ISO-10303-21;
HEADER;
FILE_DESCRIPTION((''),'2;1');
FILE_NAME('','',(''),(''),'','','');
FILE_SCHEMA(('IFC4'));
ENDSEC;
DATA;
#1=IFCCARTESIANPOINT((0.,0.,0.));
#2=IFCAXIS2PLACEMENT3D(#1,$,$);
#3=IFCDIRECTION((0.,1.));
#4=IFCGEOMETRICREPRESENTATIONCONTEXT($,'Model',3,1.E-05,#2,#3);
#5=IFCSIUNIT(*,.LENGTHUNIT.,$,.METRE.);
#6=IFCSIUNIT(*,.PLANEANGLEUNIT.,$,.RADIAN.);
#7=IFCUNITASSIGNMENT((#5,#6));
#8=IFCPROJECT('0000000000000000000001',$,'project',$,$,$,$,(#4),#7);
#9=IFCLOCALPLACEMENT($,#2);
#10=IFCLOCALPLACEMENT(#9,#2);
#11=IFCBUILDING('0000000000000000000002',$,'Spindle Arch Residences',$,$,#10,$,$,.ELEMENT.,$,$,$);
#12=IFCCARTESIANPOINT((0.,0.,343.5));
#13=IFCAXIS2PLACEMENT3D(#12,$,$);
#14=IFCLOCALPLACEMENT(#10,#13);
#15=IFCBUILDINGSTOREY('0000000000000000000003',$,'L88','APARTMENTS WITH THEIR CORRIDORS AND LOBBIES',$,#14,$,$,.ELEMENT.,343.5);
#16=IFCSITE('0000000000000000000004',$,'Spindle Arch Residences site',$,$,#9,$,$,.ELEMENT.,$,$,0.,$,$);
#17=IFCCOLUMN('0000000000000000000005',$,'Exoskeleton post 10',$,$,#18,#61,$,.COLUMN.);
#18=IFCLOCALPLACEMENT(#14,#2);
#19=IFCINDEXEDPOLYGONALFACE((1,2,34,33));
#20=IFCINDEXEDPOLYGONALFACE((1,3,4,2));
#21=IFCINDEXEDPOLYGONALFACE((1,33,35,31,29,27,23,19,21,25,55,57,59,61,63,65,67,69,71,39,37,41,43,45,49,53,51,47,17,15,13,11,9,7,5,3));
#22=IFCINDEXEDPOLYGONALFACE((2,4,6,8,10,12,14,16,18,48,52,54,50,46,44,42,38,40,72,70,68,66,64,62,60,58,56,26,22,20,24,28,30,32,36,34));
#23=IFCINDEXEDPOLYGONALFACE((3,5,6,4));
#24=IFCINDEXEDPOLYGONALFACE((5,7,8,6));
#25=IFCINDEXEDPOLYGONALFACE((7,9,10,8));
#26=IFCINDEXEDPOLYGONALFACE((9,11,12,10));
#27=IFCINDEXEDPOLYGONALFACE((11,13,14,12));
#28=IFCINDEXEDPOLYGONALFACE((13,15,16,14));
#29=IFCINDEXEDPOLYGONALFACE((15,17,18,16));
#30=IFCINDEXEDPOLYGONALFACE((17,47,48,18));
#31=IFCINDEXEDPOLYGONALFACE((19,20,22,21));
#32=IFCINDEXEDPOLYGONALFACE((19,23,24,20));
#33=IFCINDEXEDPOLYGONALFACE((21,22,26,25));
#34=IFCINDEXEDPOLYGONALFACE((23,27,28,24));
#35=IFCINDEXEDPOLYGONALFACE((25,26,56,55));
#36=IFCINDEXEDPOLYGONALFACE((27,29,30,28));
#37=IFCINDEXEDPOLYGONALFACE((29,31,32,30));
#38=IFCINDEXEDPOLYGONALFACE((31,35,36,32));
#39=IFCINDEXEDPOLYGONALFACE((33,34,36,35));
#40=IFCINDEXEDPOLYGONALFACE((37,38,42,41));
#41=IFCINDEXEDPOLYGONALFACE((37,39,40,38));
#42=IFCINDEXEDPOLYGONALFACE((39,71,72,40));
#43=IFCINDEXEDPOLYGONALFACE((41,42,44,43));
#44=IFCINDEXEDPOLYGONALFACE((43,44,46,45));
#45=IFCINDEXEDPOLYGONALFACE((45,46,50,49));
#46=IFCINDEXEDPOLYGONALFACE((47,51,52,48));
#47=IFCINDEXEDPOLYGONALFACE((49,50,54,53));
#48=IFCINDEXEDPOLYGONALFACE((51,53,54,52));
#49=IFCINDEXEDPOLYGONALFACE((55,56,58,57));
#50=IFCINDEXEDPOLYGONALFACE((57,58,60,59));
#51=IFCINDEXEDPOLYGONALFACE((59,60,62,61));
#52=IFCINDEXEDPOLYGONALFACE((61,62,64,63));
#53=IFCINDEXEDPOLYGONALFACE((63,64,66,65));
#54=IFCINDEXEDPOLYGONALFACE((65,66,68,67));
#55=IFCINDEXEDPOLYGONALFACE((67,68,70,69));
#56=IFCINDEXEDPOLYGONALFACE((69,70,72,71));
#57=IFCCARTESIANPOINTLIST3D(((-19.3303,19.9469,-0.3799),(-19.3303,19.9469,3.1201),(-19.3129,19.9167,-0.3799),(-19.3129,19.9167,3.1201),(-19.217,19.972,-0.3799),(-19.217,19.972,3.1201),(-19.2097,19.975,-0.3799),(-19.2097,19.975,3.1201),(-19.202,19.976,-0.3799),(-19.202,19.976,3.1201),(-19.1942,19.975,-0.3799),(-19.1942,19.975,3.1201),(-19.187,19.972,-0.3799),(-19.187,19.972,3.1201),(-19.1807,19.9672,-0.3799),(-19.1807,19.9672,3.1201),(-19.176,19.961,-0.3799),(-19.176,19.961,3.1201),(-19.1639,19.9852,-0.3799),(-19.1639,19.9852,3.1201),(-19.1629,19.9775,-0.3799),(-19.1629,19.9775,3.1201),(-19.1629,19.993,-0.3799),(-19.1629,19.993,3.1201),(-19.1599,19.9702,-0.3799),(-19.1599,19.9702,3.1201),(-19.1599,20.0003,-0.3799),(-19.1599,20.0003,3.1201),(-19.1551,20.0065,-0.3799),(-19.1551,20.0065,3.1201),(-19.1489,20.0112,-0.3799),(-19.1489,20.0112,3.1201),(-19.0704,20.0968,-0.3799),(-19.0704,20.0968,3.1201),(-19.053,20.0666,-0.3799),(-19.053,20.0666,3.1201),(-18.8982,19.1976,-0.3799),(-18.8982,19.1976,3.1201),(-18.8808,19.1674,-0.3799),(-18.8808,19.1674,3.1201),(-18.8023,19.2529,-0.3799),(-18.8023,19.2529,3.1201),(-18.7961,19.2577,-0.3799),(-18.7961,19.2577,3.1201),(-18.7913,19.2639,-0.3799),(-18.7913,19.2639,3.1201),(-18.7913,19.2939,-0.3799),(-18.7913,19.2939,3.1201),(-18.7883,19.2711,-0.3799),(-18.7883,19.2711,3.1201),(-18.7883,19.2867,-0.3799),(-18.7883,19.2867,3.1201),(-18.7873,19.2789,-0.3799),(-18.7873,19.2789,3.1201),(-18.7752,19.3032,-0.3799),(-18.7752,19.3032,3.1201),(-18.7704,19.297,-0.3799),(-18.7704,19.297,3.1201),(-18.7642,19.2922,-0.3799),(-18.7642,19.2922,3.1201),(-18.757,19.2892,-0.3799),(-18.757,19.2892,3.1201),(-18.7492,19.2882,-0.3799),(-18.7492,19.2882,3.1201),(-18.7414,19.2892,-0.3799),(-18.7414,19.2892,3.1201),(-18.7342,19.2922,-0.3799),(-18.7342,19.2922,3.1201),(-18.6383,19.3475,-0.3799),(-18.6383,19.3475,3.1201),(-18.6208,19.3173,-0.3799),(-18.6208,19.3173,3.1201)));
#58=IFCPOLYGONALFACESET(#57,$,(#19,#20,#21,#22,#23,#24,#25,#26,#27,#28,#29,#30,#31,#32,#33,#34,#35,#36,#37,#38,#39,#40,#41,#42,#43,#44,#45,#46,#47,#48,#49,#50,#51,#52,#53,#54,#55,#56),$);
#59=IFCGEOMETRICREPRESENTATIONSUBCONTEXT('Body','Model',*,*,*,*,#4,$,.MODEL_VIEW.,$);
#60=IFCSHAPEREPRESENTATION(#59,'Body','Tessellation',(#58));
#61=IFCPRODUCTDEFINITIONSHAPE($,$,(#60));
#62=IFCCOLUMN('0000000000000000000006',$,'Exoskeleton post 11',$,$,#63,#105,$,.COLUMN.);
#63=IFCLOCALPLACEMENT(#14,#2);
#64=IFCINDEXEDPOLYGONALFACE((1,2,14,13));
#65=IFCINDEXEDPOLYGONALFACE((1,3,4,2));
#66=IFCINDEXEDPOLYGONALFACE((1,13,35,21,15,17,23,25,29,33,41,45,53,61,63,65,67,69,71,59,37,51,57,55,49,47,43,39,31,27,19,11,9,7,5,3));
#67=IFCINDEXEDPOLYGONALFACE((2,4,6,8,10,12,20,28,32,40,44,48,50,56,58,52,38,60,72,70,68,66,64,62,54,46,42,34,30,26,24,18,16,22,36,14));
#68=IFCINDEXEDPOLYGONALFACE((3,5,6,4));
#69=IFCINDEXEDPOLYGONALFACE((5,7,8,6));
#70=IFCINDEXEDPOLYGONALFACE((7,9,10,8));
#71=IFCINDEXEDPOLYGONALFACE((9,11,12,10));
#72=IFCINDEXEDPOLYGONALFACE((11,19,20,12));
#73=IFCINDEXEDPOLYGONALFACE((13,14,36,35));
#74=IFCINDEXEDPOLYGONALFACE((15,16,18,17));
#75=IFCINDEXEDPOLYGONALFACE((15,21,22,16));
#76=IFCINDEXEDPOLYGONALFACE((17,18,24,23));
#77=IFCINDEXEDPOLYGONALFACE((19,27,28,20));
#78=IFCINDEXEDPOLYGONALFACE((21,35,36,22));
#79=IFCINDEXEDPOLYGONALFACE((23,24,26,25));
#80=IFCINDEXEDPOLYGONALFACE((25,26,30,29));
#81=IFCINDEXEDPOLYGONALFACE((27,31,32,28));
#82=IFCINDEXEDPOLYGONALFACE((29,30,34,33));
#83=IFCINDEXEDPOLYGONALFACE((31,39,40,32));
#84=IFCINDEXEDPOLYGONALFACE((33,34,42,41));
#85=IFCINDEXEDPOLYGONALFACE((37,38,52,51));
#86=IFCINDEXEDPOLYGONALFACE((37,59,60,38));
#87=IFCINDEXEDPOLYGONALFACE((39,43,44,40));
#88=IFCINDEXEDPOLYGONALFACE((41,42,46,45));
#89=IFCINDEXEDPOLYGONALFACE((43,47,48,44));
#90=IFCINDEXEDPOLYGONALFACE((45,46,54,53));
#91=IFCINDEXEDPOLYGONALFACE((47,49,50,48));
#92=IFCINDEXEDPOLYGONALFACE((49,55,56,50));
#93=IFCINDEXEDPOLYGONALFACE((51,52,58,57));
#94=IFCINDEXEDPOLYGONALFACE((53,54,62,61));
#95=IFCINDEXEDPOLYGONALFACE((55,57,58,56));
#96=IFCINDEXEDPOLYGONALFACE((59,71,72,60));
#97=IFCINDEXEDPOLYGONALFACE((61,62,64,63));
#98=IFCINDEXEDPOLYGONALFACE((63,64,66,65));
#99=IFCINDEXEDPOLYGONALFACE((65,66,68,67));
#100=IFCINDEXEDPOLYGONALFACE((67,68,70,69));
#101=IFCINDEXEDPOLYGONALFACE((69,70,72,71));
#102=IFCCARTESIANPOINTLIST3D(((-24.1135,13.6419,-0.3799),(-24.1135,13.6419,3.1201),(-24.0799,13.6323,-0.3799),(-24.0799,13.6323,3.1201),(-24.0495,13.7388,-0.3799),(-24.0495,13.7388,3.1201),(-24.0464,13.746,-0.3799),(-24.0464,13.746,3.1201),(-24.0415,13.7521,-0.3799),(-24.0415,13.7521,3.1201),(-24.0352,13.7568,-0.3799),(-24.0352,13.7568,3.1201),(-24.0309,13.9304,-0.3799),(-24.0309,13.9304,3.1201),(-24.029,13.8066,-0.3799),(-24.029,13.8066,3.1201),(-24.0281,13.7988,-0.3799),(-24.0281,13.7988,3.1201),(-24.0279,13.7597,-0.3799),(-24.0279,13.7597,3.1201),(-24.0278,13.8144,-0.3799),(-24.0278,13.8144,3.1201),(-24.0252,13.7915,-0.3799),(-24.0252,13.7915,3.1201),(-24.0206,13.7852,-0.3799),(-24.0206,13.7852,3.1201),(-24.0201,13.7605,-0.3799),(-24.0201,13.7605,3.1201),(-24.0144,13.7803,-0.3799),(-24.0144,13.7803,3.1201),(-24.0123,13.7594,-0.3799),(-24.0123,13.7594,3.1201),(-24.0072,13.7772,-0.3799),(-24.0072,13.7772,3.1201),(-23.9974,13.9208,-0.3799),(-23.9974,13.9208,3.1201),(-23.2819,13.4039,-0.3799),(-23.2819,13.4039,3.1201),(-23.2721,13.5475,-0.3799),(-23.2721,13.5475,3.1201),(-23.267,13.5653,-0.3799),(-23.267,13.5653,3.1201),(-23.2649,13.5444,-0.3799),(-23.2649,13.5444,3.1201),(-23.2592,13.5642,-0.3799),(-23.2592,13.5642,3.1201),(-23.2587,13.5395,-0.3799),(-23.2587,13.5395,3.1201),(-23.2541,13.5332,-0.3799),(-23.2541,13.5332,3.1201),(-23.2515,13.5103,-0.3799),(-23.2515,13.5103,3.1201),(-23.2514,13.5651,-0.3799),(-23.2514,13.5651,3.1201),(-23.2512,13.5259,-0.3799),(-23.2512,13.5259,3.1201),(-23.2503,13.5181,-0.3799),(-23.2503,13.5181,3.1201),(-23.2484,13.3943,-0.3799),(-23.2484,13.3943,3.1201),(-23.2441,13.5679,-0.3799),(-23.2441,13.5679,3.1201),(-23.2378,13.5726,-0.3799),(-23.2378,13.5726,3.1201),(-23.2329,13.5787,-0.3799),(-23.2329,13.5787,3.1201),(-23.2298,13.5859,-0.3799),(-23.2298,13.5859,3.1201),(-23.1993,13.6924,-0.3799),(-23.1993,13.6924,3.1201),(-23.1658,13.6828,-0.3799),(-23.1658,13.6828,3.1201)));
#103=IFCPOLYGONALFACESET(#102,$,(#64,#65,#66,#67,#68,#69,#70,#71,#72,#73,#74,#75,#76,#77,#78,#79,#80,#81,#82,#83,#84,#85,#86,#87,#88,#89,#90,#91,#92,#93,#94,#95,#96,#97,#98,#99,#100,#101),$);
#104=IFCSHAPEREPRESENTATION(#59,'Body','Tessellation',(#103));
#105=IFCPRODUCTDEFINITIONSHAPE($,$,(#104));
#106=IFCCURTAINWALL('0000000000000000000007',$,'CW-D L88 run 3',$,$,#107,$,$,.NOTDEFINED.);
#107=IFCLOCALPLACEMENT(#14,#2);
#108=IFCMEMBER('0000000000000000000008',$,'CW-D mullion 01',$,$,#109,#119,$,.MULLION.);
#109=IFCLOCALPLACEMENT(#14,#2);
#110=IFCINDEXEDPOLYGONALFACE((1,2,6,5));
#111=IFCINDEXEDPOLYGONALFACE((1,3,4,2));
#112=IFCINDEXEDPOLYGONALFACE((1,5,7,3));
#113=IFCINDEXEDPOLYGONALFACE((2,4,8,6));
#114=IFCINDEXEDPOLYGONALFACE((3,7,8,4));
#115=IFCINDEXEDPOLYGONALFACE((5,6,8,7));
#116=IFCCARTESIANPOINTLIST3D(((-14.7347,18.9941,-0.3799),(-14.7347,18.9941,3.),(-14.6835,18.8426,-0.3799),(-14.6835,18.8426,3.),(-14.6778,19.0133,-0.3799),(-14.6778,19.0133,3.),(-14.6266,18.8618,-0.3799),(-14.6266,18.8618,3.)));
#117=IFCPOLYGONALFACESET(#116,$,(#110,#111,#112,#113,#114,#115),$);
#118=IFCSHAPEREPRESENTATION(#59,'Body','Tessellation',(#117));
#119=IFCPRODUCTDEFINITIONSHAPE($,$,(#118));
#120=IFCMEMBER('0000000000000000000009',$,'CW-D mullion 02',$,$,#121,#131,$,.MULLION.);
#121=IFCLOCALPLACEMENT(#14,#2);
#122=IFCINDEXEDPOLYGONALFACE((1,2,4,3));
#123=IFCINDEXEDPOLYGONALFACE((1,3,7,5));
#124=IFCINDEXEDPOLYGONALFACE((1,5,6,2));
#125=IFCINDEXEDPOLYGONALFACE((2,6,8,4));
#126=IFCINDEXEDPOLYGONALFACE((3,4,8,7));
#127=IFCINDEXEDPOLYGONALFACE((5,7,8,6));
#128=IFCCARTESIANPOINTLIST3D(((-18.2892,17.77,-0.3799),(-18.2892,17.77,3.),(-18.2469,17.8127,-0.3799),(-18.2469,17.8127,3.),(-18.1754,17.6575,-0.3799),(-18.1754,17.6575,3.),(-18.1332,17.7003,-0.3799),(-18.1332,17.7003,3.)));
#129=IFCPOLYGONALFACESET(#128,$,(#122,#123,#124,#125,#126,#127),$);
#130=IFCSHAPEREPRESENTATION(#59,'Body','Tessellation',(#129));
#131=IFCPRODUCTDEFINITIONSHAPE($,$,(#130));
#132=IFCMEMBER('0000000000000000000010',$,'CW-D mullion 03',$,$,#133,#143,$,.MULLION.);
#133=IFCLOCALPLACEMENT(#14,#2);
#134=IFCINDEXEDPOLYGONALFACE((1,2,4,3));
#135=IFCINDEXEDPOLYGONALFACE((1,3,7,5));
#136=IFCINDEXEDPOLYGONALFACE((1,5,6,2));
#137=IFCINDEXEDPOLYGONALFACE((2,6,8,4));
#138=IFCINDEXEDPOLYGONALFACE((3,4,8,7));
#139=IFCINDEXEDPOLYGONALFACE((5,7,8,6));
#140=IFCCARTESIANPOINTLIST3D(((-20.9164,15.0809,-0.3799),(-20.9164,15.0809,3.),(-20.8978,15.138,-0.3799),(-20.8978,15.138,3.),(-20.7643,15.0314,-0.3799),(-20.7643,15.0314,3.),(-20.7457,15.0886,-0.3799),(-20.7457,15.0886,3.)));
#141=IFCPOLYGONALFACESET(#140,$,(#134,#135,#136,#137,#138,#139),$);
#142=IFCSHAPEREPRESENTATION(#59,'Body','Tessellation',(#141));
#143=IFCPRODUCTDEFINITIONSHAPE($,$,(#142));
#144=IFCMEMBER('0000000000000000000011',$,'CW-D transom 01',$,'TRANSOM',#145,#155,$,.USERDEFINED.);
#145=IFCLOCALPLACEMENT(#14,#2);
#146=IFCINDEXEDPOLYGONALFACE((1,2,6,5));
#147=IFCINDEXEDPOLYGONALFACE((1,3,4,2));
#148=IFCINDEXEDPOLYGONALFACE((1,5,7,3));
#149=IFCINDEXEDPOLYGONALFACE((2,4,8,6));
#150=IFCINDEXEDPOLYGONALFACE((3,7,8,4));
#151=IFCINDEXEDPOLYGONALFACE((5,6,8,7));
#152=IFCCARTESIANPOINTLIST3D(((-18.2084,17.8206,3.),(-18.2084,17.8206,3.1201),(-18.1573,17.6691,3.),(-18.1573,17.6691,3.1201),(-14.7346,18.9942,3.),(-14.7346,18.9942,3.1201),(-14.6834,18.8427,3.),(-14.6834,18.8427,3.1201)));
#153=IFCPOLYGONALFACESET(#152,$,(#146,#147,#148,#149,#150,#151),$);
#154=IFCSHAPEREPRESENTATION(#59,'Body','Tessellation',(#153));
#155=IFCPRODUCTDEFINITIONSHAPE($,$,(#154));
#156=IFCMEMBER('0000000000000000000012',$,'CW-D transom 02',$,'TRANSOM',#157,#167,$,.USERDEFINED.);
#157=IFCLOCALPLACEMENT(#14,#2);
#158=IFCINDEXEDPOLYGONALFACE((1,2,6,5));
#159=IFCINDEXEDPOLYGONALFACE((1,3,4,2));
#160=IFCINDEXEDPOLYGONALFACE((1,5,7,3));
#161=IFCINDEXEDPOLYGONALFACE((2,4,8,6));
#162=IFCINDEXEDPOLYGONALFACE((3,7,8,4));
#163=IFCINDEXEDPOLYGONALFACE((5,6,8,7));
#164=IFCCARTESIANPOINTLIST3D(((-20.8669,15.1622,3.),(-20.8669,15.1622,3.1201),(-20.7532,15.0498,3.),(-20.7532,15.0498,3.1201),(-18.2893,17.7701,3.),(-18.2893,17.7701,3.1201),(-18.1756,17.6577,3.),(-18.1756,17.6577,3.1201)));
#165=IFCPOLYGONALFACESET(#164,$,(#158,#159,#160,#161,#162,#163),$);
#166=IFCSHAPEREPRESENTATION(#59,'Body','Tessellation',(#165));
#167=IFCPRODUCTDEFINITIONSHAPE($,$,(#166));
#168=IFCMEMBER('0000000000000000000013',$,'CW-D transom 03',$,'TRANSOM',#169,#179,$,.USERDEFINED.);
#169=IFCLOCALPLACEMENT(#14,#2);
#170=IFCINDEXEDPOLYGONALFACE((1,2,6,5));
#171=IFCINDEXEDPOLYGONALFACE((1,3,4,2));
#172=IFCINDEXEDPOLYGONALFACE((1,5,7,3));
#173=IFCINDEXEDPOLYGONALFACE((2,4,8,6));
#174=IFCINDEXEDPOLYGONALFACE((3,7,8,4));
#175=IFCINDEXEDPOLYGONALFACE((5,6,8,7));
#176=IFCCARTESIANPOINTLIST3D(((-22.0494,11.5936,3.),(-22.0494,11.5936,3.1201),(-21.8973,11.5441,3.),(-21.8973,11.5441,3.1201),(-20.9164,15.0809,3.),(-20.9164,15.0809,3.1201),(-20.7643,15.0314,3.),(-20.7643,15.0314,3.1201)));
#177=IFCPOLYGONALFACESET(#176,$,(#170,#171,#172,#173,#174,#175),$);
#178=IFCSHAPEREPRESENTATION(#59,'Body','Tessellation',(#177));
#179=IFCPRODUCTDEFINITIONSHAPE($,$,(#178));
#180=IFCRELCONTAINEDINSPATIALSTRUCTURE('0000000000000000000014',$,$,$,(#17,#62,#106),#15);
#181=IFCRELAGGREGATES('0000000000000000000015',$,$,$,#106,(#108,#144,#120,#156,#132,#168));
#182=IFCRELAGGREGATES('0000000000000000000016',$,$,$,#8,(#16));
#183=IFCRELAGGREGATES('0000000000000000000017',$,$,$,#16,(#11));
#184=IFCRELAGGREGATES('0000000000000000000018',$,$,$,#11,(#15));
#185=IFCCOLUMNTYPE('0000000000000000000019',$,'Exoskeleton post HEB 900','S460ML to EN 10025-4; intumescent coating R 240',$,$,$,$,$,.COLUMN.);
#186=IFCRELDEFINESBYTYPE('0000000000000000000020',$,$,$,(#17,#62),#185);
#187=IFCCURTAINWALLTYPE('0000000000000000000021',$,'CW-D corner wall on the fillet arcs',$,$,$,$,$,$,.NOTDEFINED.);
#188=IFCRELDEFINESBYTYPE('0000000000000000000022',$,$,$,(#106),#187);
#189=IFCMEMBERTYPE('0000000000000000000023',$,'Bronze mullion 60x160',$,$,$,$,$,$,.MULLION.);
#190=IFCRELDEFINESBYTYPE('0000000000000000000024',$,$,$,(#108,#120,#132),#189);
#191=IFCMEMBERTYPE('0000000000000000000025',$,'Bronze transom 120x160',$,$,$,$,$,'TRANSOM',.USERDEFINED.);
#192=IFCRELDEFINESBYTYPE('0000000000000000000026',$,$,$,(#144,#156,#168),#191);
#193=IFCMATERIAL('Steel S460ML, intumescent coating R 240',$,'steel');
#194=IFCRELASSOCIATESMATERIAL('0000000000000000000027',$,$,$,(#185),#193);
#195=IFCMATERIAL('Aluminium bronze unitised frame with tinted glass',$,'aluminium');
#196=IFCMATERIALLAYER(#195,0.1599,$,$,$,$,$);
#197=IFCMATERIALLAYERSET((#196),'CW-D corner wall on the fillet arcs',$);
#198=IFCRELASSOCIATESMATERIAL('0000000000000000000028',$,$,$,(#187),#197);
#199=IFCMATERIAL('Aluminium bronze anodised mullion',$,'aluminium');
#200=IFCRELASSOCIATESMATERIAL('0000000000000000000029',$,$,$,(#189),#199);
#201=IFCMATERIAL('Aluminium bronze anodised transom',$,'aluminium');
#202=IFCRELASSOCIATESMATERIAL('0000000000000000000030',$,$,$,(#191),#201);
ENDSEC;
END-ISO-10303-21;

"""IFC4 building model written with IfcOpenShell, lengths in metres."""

from ifc_helpers import new_model, si_unit, direction, frame, origin, origin_2d, place, context, subcontext, project, spatial, rectangle, i_section, extrude, material, layer, layer_set, material_profile, profile_set, type_object, element, aggregate, save


model = new_model("IFC4")

# Units and contexts
model_context = context("Model", 3, precision=1e-05, world=origin(), true_north=direction((0.0, 1.0)))
body_context = subcontext(model_context, "Body", "Model", "MODEL_VIEW")
ifc_project = project(units=[si_unit("LENGTHUNIT", "METRE"), si_unit("PLANEANGLEUNIT", "RADIAN")], contexts=[model_context])

# Site, building, storey
site_placement = place(None, origin())
site = spatial("IfcSite", under=ifc_project, at=site_placement, Name="Spindle Arch Residences site", CompositionType="ELEMENT", RefElevation=0.0)
building_placement = place(site_placement, origin())
building = spatial("IfcBuilding", under=site, at=building_placement, Name="Spindle Arch Residences", CompositionType="ELEMENT")
storey_placement = place(building_placement, frame((0.0, 0.0, 343.5)))
storey = spatial("IfcBuildingStorey", under=building, at=storey_placement, Name="L88", Description="APARTMENTS WITH THEIR CORRIDORS AND LOBBIES", CompositionType="ELEMENT", Elevation=343.5)

# Columns
ifc_material_1 = material(Name="Steel S460ML, intumescent coating R 240", Category="steel")
ifc_material_profile_1 = material_profile(ifc_material_1, i_section(OverallWidth=0.3, OverallDepth=0.8999, WebThickness=0.0186, FlangeThickness=0.0349, FilletRadius=0.03, at=origin_2d()), Name="HEB 900")
ifc_profile_set_1 = profile_set([ifc_material_profile_1], Name="Steel S460ML, intumescent coating R 240")
column_type = type_object("IfcColumnType", Name="Exoskeleton post HEB 900", Description="S460ML to EN 10025-4; intumescent coating R 240", PredefinedType="COLUMN", material=ifc_profile_set_1)
for number, where, z_axis, x_axis, name in (
    (1, (-18.9756, 19.6321, -0.3799), (0.0, 0.0, 1.0), (0.866257, 0.499599, 0.0), "Exoskeleton post 10"),
    (2, (-23.6396, 13.6624, -0.3799), (0.0, 0.0, 1.0), (0.275193, 0.961389, 0.0), "Exoskeleton post 11"),
):
    element("IfcColumn", number, at=place(storey_placement, frame(where, z_axis=z_axis, x_axis=x_axis)), inside=storey, type_object=column_type, Name=name, PredefinedType="COLUMN", context=body_context, shape_type="SweptSolid", body=[
        extrude(i_section(OverallWidth=0.3, OverallDepth=0.8999, WebThickness=0.0186, FlangeThickness=0.0349, FilletRadius=0.03, at=origin_2d()), origin(), (0.0, 0.0, 1.0), 3.5),
    ])

# Curtain wall, members
ifc_material_2 = material(Name="Aluminium bronze unitised frame with tinted glass", Category="aluminium")
ifc_layer_1 = layer(ifc_material_2, 0.1599)
ifc_layer_set_1 = layer_set([ifc_layer_1], Name="CW-D corner wall on the fillet arcs")
curtain_wall_type = type_object("IfcCurtainWallType", Name="CW-D corner wall on the fillet arcs", PredefinedType="NOTDEFINED", material=ifc_layer_set_1)
curtain_wall_placement = place(storey_placement, origin())
curtain_wall = element("IfcCurtainWall", 3, at=curtain_wall_placement, inside=storey, type_object=curtain_wall_type, Name="CW-D L88 run 3", PredefinedType="NOTDEFINED")
ifc_material_3 = material(Name="Aluminium bronze anodised mullion", Category="aluminium")
ifc_material_profile_2 = material_profile(ifc_material_3, rectangle(XDim=0.1599, YDim=0.0601, at=origin_2d()), Name="MU 60x160")
ifc_profile_set_2 = profile_set([ifc_material_profile_2], Name="Aluminium bronze anodised mullion")
member_type_1 = type_object("IfcMemberType", Name="Bronze mullion 60x160", PredefinedType="MULLION", material=ifc_profile_set_2)
member_1_placement = place(storey_placement, frame((-14.6807, 18.928, -0.3799), z_axis=(0.0, 0.0, 1.0), x_axis=(0.320062, -0.947397, 0.0)))
member_1 = element("IfcMember", 4, at=member_1_placement, type_object=member_type_1, Name="CW-D mullion 01", PredefinedType="MULLION", context=body_context, shape_type="SweptSolid", body=[
    extrude(rectangle(XDim=0.1599, YDim=0.0601, at=origin_2d()), origin(), (0.0, 0.0, 1.0), 3.3799),
])
member_2_placement = place(storey_placement, frame((-18.2112, 17.7351, -0.3799), z_axis=(0.0, 0.0, 1.0), x_axis=(0.711209, -0.702981, 0.0)))
member_2 = element("IfcMember", 5, at=member_2_placement, type_object=member_type_1, Name="CW-D mullion 02", PredefinedType="MULLION", context=body_context, shape_type="SweptSolid", body=[
    extrude(rectangle(XDim=0.1599, YDim=0.0601, at=origin_2d()), origin(), (0.0, 0.0, 1.0), 3.3799),
])
member_3_placement = place(storey_placement, frame((-20.8311, 15.0847, -0.3799), z_axis=(0.0, 0.0, 1.0), x_axis=(0.951057, -0.309017, 0.0)))
member_3 = element("IfcMember", 6, at=member_3_placement, type_object=member_type_1, Name="CW-D mullion 03", PredefinedType="MULLION", context=body_context, shape_type="SweptSolid", body=[
    extrude(rectangle(XDim=0.1599, YDim=0.0601, at=origin_2d()), origin(), (0.0, 0.0, 1.0), 3.3799),
])
ifc_material_4 = material(Name="Aluminium bronze anodised transom", Category="aluminium")
ifc_material_profile_3 = material_profile(ifc_material_4, rectangle(XDim=0.1599, YDim=0.1201, at=origin_2d()), Name="TR 120x160")
ifc_profile_set_3 = profile_set([ifc_material_profile_3], Name="Aluminium bronze anodised transom")
member_type_2 = type_object("IfcMemberType", Name="Bronze transom 120x160", ElementType="TRANSOM", PredefinedType="USERDEFINED", material=ifc_profile_set_3)
member_4_placement = place(storey_placement, frame((-14.709, 18.9185, 3.0601), z_axis=(-0.947397, -0.32006, 0.0), x_axis=(0.32006, -0.947397, 0.0)))
member_4 = element("IfcMember", 7, at=member_4_placement, type_object=member_type_2, Name="CW-D transom 01", ObjectType="TRANSOM", PredefinedType="USERDEFINED", context=body_context, shape_type="SweptSolid", body=[
    extrude(rectangle(XDim=0.1599, YDim=0.1201, at=origin_2d()), origin(), (0.0, 0.0, 1.0), 3.6667),
])
member_5_placement = place(storey_placement, frame((-18.2324, 17.7139, 3.0601), z_axis=(-0.702967, -0.711223, 0.0), x_axis=(0.711223, -0.702967, 0.0)))
member_5 = element("IfcMember", 8, at=member_5_placement, type_object=member_type_2, Name="CW-D transom 02", ObjectType="TRANSOM", PredefinedType="USERDEFINED", context=body_context, shape_type="SweptSolid", body=[
    extrude(rectangle(XDim=0.1599, YDim=0.1201, at=origin_2d()), origin(), (0.0, 0.0, 1.0), 3.6667),
])
member_6_placement = place(storey_placement, frame((-20.8403, 15.0562, 3.0601), z_axis=(-0.309008, -0.95106, 0.0), x_axis=(0.95106, -0.309008, 0.0)))
member_6 = element("IfcMember", 9, at=member_6_placement, type_object=member_type_2, Name="CW-D transom 03", ObjectType="TRANSOM", PredefinedType="USERDEFINED", context=body_context, shape_type="SweptSolid", body=[
    extrude(rectangle(XDim=0.1599, YDim=0.1201, at=origin_2d()), origin(), (0.0, 0.0, 1.0), 3.6667),
])

aggregate(curtain_wall, [member_1, member_4, member_2, member_5, member_3, member_6])

save(model, "model.ifc")
